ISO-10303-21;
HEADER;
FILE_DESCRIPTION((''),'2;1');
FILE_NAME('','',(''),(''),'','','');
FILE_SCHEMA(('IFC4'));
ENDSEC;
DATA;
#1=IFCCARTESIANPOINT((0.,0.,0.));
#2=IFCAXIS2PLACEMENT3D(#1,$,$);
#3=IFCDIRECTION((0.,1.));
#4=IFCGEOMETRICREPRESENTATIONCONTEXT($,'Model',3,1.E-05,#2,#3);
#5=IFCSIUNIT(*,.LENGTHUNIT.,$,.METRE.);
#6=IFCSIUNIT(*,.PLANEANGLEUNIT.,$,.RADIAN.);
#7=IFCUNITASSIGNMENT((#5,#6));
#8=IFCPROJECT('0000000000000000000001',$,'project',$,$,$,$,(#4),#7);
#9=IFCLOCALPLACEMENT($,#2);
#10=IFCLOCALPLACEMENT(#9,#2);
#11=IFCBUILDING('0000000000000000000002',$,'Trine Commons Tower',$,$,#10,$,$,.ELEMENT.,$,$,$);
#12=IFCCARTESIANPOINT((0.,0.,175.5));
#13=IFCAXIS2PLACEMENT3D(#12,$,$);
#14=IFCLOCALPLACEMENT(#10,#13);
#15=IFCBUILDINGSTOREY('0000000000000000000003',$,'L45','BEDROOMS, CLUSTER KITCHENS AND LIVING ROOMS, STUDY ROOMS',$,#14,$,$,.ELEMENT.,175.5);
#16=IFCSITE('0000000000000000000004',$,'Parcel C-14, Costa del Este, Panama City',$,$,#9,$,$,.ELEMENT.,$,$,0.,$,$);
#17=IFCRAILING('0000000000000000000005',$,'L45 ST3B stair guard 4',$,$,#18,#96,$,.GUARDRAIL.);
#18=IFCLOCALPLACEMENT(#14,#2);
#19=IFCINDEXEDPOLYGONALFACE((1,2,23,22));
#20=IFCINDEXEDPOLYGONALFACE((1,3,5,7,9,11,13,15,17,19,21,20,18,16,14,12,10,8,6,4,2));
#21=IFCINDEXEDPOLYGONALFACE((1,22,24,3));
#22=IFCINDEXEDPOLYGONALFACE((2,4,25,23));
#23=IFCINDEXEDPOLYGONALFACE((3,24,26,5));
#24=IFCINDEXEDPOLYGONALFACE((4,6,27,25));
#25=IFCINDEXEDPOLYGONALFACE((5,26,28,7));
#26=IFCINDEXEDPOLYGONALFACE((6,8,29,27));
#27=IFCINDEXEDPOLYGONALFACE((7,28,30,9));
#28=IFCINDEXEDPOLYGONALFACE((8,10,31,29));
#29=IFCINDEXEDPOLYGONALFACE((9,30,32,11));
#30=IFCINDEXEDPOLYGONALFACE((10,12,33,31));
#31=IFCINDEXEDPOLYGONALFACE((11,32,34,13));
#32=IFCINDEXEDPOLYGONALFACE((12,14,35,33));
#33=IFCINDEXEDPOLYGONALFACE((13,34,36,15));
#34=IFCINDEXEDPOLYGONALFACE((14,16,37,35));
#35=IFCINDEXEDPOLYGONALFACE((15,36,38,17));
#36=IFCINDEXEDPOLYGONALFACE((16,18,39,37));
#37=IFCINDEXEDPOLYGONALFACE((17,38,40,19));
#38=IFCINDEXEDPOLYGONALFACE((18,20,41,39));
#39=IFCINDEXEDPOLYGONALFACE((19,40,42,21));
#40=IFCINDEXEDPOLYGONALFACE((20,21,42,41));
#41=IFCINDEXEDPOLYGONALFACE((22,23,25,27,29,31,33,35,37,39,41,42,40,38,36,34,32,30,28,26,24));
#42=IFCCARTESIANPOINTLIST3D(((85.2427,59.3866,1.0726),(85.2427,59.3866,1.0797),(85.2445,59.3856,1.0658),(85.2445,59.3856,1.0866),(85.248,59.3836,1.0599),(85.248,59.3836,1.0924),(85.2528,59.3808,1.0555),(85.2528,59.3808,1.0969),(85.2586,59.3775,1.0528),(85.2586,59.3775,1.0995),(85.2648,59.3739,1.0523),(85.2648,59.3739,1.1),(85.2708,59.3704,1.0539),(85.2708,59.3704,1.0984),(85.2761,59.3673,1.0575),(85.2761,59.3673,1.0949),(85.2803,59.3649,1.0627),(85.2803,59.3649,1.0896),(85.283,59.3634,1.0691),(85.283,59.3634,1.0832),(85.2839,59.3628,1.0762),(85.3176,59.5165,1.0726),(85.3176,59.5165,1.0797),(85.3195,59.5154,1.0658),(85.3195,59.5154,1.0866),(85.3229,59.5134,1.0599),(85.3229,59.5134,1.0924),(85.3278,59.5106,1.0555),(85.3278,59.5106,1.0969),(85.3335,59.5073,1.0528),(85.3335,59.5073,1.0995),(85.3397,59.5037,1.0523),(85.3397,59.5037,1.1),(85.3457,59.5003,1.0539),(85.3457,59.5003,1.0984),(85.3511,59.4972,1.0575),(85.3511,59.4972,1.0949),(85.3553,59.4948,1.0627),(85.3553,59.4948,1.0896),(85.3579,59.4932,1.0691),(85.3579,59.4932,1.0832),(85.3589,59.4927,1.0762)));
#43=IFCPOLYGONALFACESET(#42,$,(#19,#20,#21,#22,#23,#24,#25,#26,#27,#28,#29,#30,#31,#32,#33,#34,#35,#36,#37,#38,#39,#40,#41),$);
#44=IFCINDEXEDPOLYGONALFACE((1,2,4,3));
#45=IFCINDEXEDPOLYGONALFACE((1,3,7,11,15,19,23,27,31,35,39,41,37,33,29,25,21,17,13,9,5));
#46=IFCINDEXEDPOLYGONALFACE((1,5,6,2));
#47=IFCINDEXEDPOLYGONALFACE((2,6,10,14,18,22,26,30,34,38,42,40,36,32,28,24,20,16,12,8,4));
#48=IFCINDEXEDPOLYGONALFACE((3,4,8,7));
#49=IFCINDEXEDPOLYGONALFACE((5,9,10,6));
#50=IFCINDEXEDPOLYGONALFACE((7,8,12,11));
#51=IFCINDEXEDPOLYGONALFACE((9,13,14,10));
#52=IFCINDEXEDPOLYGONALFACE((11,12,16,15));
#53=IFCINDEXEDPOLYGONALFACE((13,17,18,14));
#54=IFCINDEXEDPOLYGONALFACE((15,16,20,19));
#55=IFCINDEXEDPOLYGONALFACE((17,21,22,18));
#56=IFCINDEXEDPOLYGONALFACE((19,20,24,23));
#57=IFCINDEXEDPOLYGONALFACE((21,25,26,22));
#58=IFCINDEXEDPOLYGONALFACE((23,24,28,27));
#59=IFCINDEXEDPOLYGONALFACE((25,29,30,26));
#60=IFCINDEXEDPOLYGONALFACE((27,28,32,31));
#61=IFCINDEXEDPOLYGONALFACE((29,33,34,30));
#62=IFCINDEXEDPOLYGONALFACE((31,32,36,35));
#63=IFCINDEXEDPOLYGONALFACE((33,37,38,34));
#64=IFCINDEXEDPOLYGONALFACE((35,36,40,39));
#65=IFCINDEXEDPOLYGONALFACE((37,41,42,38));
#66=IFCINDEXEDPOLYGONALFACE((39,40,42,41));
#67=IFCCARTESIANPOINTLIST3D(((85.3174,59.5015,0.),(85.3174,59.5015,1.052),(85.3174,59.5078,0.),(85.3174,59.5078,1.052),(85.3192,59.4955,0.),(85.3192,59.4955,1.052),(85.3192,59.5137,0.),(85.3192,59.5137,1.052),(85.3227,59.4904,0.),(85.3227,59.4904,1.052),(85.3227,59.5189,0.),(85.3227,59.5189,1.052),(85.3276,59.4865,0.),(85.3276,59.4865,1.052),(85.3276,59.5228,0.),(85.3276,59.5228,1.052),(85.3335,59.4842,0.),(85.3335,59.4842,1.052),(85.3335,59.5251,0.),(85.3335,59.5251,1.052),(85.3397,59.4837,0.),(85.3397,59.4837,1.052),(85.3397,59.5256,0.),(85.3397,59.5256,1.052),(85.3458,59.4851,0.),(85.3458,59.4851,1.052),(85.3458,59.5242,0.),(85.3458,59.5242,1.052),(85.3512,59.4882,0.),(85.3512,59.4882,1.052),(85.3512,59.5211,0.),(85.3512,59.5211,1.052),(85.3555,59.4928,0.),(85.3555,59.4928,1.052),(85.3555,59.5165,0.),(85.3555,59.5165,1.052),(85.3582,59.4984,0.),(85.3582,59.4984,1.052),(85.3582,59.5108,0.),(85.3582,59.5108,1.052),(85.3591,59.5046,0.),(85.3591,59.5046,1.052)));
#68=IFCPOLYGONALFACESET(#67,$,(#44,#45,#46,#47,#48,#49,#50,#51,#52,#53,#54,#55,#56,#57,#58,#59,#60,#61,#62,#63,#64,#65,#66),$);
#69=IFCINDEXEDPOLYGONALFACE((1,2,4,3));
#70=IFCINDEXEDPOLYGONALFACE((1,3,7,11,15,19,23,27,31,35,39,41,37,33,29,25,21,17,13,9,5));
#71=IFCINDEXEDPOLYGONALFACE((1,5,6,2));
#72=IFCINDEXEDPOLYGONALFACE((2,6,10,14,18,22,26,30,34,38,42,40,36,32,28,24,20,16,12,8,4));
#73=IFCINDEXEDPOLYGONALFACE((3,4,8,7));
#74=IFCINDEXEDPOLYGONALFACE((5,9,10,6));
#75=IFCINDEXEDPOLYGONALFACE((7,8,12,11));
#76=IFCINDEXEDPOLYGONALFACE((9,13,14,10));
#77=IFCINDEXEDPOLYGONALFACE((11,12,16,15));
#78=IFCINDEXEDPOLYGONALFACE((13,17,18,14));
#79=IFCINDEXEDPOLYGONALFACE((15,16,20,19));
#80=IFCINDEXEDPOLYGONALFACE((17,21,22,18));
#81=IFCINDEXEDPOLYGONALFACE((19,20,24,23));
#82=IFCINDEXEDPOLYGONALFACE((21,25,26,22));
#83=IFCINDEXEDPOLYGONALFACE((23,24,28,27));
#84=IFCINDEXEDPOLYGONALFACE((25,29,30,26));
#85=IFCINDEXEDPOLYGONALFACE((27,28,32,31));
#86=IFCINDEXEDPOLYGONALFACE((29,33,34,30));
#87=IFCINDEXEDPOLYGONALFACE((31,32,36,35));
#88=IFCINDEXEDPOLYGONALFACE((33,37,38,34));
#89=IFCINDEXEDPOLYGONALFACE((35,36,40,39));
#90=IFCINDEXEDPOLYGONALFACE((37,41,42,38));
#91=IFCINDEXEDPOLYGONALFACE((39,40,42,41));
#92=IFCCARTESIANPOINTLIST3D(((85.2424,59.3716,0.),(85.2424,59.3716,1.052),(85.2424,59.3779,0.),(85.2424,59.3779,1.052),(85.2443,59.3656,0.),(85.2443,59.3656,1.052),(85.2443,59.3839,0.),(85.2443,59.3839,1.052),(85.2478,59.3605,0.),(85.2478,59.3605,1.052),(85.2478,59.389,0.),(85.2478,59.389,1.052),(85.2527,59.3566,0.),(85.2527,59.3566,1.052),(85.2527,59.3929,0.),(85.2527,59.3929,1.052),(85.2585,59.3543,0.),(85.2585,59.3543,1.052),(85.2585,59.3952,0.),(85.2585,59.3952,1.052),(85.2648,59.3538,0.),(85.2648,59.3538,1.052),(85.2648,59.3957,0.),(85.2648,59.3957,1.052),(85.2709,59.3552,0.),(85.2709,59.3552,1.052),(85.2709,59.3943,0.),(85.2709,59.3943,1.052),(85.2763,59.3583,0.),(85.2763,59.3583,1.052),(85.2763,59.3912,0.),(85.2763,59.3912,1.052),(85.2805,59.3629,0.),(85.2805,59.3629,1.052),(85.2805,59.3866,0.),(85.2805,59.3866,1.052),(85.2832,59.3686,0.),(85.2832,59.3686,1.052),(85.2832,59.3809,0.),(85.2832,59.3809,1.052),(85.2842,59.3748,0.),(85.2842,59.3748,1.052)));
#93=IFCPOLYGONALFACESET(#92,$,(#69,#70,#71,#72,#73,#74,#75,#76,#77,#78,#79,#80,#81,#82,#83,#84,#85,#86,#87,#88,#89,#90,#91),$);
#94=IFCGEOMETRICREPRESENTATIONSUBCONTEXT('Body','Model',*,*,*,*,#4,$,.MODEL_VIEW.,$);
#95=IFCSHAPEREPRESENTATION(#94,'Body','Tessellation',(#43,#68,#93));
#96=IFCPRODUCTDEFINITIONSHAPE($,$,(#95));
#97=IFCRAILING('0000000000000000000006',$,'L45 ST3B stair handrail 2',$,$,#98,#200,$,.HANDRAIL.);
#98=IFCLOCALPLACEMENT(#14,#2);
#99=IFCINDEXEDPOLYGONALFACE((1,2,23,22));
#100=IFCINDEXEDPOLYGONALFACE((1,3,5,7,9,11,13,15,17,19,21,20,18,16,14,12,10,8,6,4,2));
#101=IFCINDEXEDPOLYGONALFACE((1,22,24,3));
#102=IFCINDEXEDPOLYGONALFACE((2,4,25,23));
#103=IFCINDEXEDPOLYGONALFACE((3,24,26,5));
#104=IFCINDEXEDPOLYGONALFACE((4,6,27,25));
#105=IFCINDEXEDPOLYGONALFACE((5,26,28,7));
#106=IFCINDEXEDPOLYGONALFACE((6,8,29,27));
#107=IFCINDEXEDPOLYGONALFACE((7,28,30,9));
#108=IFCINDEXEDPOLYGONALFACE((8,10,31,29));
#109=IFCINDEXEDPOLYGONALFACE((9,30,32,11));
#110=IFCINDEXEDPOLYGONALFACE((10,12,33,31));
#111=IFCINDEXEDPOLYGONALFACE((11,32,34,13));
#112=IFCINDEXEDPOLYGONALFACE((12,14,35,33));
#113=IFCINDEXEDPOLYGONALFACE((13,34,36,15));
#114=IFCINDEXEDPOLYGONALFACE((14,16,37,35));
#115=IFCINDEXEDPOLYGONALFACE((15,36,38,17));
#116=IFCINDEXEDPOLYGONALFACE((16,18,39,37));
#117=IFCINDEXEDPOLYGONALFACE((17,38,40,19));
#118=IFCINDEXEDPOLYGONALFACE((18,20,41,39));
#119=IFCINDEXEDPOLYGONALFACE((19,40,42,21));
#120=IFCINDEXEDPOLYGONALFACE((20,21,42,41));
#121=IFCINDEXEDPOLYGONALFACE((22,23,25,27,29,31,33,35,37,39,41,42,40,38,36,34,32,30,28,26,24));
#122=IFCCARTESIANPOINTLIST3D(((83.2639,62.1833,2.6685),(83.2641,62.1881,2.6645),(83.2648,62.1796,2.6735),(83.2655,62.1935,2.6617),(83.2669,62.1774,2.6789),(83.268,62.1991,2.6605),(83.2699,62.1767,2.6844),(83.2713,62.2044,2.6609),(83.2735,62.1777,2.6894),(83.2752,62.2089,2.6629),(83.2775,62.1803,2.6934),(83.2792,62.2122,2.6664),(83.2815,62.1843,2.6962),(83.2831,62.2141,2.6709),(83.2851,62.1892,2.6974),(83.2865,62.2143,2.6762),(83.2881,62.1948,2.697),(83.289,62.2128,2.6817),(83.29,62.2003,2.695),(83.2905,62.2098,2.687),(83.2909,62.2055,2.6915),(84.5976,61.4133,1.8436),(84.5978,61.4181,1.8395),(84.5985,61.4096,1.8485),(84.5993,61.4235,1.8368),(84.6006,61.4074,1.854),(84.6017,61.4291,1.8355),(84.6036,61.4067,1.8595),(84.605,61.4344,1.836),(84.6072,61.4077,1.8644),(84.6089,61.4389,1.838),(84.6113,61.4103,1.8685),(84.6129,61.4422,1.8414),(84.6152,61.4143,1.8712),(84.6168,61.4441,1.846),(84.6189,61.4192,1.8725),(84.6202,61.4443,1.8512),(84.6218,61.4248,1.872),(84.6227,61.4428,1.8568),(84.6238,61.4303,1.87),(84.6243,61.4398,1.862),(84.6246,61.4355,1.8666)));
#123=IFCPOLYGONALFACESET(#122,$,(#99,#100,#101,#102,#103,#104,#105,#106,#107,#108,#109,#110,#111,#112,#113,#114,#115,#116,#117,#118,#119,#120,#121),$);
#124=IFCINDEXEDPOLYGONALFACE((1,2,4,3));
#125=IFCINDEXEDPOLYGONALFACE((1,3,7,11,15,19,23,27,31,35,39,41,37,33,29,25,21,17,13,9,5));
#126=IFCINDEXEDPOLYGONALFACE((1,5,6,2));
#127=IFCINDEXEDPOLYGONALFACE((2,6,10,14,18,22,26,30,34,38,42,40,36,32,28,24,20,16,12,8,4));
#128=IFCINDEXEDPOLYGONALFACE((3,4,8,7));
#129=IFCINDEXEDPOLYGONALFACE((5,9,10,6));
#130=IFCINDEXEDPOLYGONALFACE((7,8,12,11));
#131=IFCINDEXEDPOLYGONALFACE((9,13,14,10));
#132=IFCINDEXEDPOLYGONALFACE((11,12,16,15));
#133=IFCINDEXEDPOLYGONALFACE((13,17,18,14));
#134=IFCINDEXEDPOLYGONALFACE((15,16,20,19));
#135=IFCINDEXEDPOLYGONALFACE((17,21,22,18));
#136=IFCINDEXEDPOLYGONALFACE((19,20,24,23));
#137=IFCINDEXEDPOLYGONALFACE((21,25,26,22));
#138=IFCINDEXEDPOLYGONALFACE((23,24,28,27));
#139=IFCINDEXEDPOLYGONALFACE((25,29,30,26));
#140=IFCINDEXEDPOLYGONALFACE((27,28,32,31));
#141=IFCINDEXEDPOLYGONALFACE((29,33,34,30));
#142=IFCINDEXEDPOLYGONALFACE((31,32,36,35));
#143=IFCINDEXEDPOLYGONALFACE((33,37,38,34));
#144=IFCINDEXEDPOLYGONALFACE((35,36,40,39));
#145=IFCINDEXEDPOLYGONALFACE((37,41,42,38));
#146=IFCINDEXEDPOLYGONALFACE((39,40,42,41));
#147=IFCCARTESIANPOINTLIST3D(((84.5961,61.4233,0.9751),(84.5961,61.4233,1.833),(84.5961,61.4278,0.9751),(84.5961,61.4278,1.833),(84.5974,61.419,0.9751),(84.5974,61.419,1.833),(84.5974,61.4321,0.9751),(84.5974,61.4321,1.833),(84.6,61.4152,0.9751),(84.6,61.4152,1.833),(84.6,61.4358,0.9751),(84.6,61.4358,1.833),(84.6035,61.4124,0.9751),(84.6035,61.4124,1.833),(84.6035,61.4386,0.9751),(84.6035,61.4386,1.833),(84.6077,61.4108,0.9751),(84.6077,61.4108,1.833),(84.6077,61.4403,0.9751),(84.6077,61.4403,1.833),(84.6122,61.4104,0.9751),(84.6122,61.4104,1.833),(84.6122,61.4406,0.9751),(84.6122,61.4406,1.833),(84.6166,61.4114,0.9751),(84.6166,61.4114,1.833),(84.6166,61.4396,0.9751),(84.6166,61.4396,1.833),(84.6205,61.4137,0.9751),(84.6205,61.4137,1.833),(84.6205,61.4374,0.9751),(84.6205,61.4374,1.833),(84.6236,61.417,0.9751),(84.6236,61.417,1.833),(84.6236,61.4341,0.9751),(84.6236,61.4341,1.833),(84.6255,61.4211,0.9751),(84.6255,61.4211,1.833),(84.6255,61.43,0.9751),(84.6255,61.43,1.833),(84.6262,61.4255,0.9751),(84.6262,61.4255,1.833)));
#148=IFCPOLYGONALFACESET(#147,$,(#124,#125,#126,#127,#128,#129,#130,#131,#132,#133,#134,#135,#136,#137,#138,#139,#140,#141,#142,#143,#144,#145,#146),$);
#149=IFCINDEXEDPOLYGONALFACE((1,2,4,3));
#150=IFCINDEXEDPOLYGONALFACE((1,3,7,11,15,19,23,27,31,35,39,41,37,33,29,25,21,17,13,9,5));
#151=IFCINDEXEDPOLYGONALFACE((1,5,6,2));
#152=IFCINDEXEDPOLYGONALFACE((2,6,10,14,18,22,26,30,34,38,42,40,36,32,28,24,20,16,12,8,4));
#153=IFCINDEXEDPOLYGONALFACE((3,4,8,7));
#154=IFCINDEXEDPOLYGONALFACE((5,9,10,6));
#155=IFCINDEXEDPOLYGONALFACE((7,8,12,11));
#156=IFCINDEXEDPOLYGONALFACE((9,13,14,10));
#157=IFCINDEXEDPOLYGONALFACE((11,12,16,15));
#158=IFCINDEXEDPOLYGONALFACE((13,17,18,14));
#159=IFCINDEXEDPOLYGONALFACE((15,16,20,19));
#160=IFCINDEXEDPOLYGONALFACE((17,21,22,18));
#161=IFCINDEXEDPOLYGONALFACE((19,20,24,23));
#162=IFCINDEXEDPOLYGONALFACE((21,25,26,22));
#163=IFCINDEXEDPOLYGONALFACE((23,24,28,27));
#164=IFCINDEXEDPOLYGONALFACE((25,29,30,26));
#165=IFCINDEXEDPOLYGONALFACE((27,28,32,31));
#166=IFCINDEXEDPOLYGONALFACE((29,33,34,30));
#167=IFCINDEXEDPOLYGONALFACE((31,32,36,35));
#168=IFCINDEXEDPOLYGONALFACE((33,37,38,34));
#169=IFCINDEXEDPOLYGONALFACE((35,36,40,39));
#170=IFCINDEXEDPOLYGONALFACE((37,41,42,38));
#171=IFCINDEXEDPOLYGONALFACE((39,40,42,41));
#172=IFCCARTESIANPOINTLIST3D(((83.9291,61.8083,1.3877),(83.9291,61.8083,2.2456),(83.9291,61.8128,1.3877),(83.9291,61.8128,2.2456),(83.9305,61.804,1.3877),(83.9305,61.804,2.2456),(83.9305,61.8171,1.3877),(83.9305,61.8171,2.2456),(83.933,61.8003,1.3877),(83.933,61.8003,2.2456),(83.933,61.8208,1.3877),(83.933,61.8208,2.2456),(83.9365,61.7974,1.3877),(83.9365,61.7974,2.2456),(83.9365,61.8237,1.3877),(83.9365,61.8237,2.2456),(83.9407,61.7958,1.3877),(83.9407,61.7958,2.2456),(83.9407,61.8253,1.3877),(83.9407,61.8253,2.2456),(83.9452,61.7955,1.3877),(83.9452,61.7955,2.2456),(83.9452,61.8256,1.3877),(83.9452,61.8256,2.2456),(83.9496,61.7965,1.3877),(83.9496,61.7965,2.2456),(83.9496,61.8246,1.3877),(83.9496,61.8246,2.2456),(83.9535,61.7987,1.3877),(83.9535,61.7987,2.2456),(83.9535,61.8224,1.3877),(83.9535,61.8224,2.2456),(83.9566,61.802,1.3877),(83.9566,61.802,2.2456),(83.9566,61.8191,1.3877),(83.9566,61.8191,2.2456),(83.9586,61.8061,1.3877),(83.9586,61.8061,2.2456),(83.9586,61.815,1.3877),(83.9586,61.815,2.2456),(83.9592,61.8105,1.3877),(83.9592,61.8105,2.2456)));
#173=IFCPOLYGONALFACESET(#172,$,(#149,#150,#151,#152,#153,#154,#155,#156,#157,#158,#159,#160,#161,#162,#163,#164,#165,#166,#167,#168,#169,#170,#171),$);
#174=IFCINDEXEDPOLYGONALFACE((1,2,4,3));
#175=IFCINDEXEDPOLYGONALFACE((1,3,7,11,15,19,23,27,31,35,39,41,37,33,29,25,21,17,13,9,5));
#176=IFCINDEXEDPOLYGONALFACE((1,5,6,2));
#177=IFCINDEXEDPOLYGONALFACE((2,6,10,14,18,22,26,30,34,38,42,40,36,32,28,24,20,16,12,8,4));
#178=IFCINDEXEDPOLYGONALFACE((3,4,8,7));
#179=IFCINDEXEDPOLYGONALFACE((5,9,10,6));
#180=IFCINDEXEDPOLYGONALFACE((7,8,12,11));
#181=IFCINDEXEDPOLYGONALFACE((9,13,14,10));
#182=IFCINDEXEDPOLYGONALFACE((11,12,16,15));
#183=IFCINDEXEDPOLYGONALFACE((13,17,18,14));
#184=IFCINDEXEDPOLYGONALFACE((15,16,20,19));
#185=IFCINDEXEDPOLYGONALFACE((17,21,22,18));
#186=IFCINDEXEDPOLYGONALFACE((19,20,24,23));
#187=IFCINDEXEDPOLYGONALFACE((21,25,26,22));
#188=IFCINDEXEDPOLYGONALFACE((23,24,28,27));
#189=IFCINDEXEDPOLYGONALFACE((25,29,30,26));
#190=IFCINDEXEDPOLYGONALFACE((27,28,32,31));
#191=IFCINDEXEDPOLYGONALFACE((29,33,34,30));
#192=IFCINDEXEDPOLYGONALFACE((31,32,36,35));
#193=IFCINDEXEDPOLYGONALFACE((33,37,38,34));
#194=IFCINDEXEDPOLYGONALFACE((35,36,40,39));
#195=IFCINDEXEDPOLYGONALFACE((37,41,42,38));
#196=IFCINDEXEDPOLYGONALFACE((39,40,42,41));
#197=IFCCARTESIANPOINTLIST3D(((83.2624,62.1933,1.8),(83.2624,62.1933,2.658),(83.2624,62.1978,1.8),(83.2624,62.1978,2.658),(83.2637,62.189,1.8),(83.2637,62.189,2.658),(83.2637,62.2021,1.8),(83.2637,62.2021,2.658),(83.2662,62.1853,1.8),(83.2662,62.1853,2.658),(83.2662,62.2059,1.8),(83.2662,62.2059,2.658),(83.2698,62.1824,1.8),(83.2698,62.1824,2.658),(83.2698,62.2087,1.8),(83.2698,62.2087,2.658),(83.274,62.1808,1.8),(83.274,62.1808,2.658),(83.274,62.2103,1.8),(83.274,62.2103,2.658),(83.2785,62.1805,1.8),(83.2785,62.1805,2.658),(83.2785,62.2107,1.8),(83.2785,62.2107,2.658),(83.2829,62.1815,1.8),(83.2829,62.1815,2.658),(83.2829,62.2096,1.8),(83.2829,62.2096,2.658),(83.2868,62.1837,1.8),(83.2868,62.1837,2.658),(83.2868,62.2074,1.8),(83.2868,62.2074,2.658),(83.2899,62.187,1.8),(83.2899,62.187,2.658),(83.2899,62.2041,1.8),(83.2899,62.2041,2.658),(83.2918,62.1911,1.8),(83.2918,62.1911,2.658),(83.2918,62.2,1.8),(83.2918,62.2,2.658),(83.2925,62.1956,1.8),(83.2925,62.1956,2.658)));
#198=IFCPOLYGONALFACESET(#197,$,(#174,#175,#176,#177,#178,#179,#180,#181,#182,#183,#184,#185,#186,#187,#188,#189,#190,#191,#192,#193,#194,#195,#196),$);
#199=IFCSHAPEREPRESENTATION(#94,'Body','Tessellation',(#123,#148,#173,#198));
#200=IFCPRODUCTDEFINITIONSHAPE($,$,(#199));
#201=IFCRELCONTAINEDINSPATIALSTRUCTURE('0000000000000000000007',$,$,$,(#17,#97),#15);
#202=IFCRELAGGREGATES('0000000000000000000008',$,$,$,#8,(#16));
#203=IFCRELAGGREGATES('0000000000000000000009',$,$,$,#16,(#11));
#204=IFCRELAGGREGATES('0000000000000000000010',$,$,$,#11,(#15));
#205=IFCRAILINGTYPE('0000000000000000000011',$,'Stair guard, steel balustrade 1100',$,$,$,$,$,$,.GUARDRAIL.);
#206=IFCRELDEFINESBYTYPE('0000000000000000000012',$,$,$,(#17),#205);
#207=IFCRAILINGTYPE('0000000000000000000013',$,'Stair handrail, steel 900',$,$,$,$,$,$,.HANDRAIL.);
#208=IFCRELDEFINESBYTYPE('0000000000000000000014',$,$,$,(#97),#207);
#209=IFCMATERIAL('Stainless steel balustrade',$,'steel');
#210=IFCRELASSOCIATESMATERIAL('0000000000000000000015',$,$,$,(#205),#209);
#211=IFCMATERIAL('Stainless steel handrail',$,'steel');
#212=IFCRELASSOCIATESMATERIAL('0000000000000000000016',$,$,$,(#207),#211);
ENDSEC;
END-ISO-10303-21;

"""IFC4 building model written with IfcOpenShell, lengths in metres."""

from ifc_helpers import new_model, si_unit, direction, frame, origin, origin_2d, place, context, subcontext, project, spatial, circle, extrude, material, type_object, element, save


model = new_model("IFC4")

# Units and contexts
model_context = context("Model", 3, precision=1e-05, world=origin(), true_north=direction((0.0, 1.0)))
body_context = subcontext(model_context, "Body", "Model", "MODEL_VIEW")
ifc_project = project(units=[si_unit("LENGTHUNIT", "METRE"), si_unit("PLANEANGLEUNIT", "RADIAN")], contexts=[model_context])

# Site, building, storey
site_placement = place(None, origin())
site = spatial("IfcSite", under=ifc_project, at=site_placement, Name="Parcel C-14, Costa del Este, Panama City", CompositionType="ELEMENT", RefElevation=0.0)
building_placement = place(site_placement, origin())
building = spatial("IfcBuilding", under=site, at=building_placement, Name="Trine Commons Tower", CompositionType="ELEMENT")
storey_placement = place(building_placement, frame((0.0, 0.0, 175.5)))
storey = spatial("IfcBuildingStorey", under=building, at=storey_placement, Name="L45", Description="BEDROOMS, CLUSTER KITCHENS AND LIVING ROOMS, STUDY ROOMS", CompositionType="ELEMENT", Elevation=175.5)

# Railings
ifc_material_1 = material(Name="Stainless steel balustrade", Category="steel")
railing_type_1 = type_object("IfcRailingType", Name="Stair guard, steel balustrade 1100", PredefinedType="GUARDRAIL", material=ifc_material_1)
railing_1_placement = place(storey_placement, frame((85.3381, 59.5046, 0.0)))
element("IfcRailing", 1, at=railing_1_placement, inside=storey, type_object=railing_type_1, Name="L45 ST3B stair guard 4", PredefinedType="GUARDRAIL", context=body_context, shape_type="SweptSolid", body=[
    extrude(circle(Radius=0.0239, at=origin_2d()), frame((0.0, 0.0, 1.0762), z_axis=(-0.499816, -0.866131, 0.0), x_axis=(0.866131, -0.499816, 0.0)), (0.0, 0.0, 1.0), 0.1499),
    extrude(circle(Radius=0.021, at=origin_2d()), origin(), (0.0, 0.0, 1.0), 1.052),
    extrude(circle(Radius=0.021, at=origin_2d()), frame((-0.075, -0.1299, 0.0)), (0.0, 0.0, 1.0), 1.052),
])
ifc_material_2 = material(Name="Stainless steel handrail", Category="steel")
railing_type_2 = type_object("IfcRailingType", Name="Stair handrail, steel 900", PredefinedType="HANDRAIL", material=ifc_material_2)
railing_2_placement = place(storey_placement, frame((84.6111, 61.4255, 0.9751)))
element("IfcRailing", 2, at=railing_2_placement, inside=storey, type_object=railing_type_2, Name="L45 ST3B stair handrail 2", PredefinedType="HANDRAIL", context=body_context, shape_type="SweptSolid", body=[
    extrude(circle(Radius=0.021, at=origin_2d()), frame((0.0, 0.0, 0.8789), z_axis=(-0.763405, 0.440743, 0.472185), x_axis=(-0.499992, -0.86603, 0.0)), (0.0, 0.0, 1.0), 1.7471),
    extrude(circle(Radius=0.0151, at=origin_2d()), origin(), (0.0, 0.0, 1.0), 0.8579),
    extrude(circle(Radius=0.0151, at=origin_2d()), frame((-0.667, 0.385, 0.4126)), (0.0, 0.0, 1.0), 0.8579),
    extrude(circle(Radius=0.0151, at=origin_2d()), frame((-1.3337, 0.77, 0.825)), (0.0, 0.0, 1.0), 0.8579),
])

save(model, "model.ifc")
